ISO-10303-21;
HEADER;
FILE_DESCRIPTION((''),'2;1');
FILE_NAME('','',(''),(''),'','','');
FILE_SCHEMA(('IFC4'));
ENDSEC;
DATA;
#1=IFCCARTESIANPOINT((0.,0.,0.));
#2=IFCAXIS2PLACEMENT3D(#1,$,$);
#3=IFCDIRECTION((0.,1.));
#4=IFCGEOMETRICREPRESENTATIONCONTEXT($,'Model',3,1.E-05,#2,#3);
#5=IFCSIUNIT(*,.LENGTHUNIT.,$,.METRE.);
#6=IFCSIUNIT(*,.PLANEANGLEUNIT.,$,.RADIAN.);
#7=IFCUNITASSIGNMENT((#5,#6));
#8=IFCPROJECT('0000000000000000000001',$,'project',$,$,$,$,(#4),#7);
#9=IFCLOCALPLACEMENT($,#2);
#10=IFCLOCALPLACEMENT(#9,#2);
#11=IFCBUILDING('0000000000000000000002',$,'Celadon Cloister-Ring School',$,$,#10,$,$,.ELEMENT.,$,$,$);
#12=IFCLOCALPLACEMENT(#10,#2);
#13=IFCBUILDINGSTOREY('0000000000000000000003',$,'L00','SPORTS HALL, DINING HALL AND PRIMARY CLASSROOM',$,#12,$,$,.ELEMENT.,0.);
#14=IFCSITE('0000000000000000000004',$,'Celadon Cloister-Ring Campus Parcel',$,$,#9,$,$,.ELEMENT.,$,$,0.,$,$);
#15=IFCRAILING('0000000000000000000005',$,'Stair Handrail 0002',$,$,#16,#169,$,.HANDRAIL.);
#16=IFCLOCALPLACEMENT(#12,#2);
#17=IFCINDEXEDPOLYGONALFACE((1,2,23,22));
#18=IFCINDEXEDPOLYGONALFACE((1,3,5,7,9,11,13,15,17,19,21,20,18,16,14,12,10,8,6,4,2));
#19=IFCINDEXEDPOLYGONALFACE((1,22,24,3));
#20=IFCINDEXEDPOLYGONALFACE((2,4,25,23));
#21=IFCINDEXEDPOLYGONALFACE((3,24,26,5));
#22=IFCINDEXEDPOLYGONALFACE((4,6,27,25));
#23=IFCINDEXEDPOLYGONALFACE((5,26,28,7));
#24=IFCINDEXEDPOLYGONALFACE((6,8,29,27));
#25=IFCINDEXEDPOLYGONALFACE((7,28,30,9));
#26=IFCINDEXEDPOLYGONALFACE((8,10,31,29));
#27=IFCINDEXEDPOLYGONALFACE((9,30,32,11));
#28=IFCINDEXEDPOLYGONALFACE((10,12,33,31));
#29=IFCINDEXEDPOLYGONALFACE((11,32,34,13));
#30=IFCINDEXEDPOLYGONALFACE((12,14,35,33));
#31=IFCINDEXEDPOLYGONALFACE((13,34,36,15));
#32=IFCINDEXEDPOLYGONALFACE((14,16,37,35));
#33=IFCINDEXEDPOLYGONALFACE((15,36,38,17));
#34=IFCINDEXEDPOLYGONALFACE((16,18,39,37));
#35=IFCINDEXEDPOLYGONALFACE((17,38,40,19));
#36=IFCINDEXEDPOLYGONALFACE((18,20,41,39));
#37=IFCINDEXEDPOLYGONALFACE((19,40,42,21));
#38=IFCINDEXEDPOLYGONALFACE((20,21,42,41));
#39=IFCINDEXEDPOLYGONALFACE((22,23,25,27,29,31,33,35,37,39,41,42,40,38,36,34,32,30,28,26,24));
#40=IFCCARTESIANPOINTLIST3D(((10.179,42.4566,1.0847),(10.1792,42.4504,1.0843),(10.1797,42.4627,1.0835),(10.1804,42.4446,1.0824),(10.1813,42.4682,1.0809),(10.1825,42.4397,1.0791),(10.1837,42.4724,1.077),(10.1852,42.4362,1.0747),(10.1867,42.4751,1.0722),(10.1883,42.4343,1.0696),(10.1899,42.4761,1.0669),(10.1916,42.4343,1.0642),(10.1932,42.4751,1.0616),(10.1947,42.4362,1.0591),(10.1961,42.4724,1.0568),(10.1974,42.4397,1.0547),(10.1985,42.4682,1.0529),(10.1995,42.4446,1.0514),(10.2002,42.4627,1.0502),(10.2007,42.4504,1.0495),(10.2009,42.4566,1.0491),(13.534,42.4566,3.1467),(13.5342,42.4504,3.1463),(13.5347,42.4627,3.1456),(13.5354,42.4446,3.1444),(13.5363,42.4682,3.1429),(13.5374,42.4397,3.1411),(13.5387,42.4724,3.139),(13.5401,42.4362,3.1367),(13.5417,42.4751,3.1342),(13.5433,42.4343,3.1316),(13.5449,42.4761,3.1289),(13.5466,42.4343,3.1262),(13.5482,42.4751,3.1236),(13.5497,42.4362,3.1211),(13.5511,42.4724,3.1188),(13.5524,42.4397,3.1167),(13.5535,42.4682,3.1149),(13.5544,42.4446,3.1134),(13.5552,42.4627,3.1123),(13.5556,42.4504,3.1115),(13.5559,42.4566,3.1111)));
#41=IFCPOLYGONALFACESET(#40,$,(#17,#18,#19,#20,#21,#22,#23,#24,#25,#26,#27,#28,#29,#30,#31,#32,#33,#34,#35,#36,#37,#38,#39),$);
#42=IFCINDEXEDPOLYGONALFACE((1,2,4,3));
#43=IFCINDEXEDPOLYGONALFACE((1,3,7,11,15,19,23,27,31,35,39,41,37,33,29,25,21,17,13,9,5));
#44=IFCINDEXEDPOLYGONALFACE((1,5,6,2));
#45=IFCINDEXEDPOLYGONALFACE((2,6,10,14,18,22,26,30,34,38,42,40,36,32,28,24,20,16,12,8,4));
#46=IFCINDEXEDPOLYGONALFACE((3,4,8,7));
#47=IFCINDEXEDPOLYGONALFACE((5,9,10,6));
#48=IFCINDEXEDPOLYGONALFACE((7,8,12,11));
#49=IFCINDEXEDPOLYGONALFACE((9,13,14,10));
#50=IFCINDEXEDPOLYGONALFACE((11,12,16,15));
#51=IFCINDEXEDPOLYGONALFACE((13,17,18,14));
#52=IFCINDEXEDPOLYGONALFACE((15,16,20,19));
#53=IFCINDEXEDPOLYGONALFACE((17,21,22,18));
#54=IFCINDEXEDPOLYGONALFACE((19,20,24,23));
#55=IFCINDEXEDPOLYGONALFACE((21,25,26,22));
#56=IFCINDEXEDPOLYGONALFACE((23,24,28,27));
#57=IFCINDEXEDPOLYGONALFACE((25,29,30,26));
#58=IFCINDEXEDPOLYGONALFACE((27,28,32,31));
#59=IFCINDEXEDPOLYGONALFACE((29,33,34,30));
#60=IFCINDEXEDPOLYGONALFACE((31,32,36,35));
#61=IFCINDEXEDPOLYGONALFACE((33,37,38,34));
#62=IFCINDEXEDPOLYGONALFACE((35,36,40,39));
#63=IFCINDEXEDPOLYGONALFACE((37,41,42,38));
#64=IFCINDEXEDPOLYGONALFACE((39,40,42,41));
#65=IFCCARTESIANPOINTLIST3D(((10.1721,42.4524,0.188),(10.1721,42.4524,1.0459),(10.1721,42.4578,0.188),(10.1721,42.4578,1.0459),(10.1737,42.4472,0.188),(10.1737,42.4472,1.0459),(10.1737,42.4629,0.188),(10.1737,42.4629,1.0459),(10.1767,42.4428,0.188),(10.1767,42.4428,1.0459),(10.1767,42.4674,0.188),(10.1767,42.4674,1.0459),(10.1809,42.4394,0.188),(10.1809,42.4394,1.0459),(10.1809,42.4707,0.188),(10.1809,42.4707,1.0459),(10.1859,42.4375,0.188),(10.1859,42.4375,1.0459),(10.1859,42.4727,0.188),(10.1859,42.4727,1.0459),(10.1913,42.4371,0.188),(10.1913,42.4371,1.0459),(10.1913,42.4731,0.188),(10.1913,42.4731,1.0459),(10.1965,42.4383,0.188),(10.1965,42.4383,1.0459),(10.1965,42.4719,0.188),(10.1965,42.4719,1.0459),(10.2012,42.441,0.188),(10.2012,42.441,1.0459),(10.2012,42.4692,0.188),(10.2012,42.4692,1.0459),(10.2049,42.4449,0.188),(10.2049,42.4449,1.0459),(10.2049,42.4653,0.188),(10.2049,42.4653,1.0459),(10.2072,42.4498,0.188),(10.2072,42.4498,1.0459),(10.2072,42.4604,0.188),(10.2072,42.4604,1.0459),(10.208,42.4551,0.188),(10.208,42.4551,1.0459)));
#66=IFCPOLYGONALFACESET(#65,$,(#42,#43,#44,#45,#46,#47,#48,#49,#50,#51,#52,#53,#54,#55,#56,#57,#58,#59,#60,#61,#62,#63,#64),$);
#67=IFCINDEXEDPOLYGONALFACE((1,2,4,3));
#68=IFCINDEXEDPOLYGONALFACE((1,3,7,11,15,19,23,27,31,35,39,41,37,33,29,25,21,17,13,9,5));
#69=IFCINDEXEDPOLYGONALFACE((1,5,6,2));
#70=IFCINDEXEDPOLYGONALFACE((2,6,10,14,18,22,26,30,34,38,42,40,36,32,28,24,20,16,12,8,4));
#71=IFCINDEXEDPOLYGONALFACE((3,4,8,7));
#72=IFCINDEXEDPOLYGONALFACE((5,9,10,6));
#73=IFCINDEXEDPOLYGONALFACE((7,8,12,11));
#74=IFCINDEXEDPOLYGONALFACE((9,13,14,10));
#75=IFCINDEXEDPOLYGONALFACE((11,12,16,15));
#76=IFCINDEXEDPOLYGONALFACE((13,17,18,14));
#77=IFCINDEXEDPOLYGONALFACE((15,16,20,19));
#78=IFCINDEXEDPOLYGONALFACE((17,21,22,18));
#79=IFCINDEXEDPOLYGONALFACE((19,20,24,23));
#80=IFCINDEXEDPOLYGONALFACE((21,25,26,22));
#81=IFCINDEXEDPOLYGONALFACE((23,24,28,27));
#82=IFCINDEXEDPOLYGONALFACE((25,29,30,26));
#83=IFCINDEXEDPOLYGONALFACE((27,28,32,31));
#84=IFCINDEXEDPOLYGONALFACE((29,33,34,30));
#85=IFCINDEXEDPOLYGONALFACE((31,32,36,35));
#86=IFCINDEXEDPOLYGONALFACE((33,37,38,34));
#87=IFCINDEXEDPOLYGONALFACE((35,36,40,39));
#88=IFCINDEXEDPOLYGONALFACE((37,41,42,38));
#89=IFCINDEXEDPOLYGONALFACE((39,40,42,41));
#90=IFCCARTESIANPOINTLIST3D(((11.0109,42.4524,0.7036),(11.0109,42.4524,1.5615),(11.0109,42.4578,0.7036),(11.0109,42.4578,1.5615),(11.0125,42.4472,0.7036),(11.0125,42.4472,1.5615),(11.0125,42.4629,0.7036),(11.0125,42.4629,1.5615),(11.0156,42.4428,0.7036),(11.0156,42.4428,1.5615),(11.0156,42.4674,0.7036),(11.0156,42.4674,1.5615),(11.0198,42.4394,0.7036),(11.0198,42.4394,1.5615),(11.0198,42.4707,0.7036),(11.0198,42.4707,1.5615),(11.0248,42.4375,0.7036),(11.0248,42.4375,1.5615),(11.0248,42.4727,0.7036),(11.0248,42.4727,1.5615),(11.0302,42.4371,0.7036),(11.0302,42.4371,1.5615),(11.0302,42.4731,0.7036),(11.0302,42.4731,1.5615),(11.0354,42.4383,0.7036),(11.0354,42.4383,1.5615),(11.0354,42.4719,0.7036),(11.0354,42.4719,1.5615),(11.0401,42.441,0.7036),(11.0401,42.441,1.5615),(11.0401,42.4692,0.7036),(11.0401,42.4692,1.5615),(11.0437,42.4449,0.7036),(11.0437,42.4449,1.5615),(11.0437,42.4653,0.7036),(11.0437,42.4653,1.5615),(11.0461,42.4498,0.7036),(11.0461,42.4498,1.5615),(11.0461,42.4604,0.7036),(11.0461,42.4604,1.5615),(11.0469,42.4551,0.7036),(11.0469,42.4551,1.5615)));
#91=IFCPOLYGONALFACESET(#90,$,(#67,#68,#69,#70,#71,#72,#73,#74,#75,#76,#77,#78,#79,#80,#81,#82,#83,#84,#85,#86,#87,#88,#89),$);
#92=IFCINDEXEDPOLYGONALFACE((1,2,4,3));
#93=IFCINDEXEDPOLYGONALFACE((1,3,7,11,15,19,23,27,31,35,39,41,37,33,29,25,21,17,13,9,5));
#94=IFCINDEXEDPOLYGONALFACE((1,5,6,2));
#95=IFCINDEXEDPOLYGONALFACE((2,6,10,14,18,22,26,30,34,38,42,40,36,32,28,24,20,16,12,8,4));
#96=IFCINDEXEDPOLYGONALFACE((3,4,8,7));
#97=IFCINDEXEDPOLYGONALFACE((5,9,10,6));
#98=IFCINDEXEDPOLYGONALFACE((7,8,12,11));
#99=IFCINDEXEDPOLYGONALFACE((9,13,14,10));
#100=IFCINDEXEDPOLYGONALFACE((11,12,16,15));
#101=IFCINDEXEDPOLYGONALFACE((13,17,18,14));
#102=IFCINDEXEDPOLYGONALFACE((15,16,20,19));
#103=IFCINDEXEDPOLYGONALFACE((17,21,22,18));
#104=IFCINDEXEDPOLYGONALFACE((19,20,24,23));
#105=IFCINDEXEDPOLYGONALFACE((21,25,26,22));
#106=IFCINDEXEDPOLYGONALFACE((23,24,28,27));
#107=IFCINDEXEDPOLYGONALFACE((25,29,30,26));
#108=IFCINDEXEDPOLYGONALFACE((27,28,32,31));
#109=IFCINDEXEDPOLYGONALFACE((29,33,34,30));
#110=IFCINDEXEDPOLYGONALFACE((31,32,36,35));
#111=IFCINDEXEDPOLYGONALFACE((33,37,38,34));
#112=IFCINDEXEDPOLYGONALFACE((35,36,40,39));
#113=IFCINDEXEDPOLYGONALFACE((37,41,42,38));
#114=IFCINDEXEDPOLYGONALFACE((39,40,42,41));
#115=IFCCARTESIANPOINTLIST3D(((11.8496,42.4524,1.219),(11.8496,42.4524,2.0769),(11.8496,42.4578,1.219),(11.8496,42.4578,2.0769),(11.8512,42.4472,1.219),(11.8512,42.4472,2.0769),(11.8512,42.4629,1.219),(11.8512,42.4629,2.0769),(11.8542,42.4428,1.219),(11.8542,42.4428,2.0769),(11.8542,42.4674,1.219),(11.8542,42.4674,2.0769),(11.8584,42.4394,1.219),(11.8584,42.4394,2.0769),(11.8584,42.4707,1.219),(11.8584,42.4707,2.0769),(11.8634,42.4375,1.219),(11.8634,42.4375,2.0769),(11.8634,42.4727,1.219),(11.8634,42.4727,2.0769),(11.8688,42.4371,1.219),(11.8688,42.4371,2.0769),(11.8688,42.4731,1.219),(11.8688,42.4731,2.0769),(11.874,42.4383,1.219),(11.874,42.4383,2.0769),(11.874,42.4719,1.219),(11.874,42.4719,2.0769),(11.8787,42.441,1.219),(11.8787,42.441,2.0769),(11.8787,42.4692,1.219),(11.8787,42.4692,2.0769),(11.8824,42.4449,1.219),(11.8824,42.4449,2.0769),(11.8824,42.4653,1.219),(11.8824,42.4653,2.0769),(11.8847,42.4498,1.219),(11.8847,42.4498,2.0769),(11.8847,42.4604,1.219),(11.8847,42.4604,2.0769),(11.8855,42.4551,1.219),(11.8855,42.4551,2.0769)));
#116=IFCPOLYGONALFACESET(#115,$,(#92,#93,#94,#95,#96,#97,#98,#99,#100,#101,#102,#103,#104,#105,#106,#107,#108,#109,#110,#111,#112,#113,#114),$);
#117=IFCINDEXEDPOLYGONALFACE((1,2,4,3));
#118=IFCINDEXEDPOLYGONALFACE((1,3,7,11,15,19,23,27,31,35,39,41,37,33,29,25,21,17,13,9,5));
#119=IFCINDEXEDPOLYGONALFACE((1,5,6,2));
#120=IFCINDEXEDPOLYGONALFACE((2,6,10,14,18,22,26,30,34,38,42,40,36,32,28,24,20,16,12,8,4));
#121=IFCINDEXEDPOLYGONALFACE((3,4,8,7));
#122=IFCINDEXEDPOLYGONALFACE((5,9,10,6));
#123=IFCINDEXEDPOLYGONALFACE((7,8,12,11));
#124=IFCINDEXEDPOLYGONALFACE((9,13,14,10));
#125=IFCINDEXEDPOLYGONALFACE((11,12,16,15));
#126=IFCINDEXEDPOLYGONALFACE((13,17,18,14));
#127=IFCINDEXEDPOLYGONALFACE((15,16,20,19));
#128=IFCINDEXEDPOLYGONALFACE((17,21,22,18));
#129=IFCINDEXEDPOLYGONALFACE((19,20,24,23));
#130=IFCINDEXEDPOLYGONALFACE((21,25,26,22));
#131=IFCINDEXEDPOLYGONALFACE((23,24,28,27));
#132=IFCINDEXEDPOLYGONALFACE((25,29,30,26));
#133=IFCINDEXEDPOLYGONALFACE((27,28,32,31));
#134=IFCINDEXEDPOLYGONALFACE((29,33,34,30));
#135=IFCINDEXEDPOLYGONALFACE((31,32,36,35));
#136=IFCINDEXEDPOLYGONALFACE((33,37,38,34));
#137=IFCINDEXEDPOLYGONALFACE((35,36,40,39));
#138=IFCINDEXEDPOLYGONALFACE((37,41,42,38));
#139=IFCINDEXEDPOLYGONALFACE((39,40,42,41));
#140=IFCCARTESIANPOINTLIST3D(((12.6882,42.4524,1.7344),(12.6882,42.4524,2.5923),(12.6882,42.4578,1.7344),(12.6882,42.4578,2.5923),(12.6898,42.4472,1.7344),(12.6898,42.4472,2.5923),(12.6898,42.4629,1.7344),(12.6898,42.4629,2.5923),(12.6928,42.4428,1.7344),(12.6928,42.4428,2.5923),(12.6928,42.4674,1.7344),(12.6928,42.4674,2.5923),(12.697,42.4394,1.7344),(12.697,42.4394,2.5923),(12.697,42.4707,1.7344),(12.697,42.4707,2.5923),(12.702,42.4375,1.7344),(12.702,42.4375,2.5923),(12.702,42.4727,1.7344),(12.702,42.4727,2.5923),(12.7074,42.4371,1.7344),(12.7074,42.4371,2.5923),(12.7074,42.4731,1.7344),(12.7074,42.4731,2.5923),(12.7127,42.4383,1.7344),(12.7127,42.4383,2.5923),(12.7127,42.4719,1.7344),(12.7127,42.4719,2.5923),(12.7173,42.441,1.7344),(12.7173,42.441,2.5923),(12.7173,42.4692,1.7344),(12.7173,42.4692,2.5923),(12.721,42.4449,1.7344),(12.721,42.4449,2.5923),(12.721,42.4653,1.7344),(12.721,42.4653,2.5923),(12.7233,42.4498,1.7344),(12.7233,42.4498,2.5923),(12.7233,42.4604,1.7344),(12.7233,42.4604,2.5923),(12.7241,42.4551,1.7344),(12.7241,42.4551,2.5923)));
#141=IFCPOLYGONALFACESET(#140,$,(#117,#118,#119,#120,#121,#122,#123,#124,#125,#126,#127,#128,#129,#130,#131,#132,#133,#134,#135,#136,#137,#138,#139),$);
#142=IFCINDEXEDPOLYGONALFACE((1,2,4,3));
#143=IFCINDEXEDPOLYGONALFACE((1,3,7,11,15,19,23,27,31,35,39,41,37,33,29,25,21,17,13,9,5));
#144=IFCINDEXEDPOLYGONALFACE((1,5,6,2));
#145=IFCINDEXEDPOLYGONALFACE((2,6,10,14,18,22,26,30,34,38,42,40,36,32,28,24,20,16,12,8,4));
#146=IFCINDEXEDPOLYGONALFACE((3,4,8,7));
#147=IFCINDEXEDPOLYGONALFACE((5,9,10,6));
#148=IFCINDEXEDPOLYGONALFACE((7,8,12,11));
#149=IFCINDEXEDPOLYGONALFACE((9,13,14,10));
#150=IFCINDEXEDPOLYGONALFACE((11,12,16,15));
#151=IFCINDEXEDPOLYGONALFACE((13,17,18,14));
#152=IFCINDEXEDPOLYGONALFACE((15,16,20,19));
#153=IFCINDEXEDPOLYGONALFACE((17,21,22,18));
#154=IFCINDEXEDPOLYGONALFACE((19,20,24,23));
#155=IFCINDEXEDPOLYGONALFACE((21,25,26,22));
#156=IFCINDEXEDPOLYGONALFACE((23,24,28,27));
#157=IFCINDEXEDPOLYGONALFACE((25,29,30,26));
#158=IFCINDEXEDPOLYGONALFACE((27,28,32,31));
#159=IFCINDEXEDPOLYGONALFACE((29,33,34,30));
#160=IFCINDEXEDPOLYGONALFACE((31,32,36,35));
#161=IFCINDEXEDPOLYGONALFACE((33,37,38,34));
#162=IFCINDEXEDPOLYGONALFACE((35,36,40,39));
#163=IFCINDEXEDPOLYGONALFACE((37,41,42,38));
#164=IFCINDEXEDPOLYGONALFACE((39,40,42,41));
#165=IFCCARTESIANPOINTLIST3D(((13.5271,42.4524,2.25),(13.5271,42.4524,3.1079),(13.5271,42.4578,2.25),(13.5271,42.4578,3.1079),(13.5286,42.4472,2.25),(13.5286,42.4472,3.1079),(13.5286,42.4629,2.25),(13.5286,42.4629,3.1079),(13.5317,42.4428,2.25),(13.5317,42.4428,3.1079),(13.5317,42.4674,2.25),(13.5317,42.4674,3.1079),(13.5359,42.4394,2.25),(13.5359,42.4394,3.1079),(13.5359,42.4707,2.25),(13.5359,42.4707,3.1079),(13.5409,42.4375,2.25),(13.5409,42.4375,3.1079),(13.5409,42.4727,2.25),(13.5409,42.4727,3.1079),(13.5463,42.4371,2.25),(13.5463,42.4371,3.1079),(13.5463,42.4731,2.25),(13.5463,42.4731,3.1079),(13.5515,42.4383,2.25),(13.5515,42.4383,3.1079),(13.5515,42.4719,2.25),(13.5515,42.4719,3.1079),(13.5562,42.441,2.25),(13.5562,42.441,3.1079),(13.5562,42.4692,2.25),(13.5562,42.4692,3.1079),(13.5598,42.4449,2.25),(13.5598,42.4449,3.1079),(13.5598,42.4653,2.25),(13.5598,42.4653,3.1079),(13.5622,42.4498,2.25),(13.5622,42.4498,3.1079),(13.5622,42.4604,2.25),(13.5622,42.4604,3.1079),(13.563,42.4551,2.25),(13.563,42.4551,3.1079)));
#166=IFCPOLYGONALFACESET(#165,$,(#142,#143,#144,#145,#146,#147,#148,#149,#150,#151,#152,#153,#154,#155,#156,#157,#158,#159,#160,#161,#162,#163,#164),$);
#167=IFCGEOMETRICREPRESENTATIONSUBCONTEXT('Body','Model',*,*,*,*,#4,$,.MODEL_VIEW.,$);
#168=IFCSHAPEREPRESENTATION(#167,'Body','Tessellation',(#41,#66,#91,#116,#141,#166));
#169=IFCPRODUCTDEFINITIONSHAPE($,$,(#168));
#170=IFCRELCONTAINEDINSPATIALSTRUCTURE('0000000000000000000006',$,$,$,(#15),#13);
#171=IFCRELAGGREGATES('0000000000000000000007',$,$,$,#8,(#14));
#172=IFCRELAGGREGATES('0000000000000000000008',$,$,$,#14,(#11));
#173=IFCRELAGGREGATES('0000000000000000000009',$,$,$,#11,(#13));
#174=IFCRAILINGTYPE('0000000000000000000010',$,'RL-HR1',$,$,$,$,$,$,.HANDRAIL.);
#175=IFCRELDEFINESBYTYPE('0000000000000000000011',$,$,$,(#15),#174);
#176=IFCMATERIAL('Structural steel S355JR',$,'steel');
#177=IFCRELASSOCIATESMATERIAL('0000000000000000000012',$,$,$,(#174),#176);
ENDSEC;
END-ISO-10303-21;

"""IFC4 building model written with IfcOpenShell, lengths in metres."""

from ifc_helpers import new_model, si_unit, direction, frame, origin, origin_2d, place, context, subcontext, project, spatial, circle, extrude, material, type_object, element, save


model = new_model("IFC4")

# Units and contexts
model_context = context("Model", 3, precision=1e-05, world=origin(), true_north=direction((0.0, 1.0)))
body_context = subcontext(model_context, "Body", "Model", "MODEL_VIEW")
ifc_project = project(units=[si_unit("LENGTHUNIT", "METRE"), si_unit("PLANEANGLEUNIT", "RADIAN")], contexts=[model_context])

# Site, building, storey
site_placement = place(None, origin())
site = spatial("IfcSite", under=ifc_project, at=site_placement, Name="Celadon Cloister-Ring Campus Parcel", CompositionType="ELEMENT", RefElevation=0.0)
building_placement = place(site_placement, origin())
building = spatial("IfcBuilding", under=site, at=building_placement, Name="Celadon Cloister-Ring School", CompositionType="ELEMENT")
storey_placement = place(building_placement, origin())
storey = spatial("IfcBuildingStorey", under=building, at=storey_placement, Name="L00", Description="SPORTS HALL, DINING HALL AND PRIMARY CLASSROOM", CompositionType="ELEMENT", Elevation=0.0)

# Railing
ifc_material_1 = material(Name="Structural steel S355JR", Category="steel")
railing_type_1 = type_object("IfcRailingType", Name="RL-HR1", PredefinedType="HANDRAIL", material=ifc_material_1)
for number, where, name in (
    (1, (10.1899, 42.4551, 0.188), "Stair Handrail 0002"),
):
    element("IfcRailing", number, at=place(storey_placement, frame(where)), inside=storey, type_object=railing_type_1, Name=name, PredefinedType="HANDRAIL", context=body_context, shape_type="SweptSolid", body=[
        extrude(circle(Radius=0.021, at=origin_2d()), frame((0.0, 0.0, 0.8789), z_axis=(0.851952, 0.0, 0.52362), x_axis=(0.0, 1.0, 0.0)), (0.0, 0.0, 1.0), 3.938),
        extrude(circle(Radius=0.0181, at=origin_2d()), origin(), (0.0, 0.0, 1.0), 0.8579),
        extrude(circle(Radius=0.0181, at=origin_2d()), frame((0.8389, 0.0, 0.5156)), (0.0, 0.0, 1.0), 0.8579),
        extrude(circle(Radius=0.0181, at=origin_2d()), frame((1.6775, 0.0, 1.031)), (0.0, 0.0, 1.0), 0.8579),
        extrude(circle(Radius=0.0181, at=origin_2d()), frame((2.5161, 0.0, 1.5464)), (0.0, 0.0, 1.0), 0.8579),
        extrude(circle(Radius=0.0181, at=origin_2d()), frame((3.355, 0.0, 2.062)), (0.0, 0.0, 1.0), 0.8579),
    ])

save(model, "model.ifc")
